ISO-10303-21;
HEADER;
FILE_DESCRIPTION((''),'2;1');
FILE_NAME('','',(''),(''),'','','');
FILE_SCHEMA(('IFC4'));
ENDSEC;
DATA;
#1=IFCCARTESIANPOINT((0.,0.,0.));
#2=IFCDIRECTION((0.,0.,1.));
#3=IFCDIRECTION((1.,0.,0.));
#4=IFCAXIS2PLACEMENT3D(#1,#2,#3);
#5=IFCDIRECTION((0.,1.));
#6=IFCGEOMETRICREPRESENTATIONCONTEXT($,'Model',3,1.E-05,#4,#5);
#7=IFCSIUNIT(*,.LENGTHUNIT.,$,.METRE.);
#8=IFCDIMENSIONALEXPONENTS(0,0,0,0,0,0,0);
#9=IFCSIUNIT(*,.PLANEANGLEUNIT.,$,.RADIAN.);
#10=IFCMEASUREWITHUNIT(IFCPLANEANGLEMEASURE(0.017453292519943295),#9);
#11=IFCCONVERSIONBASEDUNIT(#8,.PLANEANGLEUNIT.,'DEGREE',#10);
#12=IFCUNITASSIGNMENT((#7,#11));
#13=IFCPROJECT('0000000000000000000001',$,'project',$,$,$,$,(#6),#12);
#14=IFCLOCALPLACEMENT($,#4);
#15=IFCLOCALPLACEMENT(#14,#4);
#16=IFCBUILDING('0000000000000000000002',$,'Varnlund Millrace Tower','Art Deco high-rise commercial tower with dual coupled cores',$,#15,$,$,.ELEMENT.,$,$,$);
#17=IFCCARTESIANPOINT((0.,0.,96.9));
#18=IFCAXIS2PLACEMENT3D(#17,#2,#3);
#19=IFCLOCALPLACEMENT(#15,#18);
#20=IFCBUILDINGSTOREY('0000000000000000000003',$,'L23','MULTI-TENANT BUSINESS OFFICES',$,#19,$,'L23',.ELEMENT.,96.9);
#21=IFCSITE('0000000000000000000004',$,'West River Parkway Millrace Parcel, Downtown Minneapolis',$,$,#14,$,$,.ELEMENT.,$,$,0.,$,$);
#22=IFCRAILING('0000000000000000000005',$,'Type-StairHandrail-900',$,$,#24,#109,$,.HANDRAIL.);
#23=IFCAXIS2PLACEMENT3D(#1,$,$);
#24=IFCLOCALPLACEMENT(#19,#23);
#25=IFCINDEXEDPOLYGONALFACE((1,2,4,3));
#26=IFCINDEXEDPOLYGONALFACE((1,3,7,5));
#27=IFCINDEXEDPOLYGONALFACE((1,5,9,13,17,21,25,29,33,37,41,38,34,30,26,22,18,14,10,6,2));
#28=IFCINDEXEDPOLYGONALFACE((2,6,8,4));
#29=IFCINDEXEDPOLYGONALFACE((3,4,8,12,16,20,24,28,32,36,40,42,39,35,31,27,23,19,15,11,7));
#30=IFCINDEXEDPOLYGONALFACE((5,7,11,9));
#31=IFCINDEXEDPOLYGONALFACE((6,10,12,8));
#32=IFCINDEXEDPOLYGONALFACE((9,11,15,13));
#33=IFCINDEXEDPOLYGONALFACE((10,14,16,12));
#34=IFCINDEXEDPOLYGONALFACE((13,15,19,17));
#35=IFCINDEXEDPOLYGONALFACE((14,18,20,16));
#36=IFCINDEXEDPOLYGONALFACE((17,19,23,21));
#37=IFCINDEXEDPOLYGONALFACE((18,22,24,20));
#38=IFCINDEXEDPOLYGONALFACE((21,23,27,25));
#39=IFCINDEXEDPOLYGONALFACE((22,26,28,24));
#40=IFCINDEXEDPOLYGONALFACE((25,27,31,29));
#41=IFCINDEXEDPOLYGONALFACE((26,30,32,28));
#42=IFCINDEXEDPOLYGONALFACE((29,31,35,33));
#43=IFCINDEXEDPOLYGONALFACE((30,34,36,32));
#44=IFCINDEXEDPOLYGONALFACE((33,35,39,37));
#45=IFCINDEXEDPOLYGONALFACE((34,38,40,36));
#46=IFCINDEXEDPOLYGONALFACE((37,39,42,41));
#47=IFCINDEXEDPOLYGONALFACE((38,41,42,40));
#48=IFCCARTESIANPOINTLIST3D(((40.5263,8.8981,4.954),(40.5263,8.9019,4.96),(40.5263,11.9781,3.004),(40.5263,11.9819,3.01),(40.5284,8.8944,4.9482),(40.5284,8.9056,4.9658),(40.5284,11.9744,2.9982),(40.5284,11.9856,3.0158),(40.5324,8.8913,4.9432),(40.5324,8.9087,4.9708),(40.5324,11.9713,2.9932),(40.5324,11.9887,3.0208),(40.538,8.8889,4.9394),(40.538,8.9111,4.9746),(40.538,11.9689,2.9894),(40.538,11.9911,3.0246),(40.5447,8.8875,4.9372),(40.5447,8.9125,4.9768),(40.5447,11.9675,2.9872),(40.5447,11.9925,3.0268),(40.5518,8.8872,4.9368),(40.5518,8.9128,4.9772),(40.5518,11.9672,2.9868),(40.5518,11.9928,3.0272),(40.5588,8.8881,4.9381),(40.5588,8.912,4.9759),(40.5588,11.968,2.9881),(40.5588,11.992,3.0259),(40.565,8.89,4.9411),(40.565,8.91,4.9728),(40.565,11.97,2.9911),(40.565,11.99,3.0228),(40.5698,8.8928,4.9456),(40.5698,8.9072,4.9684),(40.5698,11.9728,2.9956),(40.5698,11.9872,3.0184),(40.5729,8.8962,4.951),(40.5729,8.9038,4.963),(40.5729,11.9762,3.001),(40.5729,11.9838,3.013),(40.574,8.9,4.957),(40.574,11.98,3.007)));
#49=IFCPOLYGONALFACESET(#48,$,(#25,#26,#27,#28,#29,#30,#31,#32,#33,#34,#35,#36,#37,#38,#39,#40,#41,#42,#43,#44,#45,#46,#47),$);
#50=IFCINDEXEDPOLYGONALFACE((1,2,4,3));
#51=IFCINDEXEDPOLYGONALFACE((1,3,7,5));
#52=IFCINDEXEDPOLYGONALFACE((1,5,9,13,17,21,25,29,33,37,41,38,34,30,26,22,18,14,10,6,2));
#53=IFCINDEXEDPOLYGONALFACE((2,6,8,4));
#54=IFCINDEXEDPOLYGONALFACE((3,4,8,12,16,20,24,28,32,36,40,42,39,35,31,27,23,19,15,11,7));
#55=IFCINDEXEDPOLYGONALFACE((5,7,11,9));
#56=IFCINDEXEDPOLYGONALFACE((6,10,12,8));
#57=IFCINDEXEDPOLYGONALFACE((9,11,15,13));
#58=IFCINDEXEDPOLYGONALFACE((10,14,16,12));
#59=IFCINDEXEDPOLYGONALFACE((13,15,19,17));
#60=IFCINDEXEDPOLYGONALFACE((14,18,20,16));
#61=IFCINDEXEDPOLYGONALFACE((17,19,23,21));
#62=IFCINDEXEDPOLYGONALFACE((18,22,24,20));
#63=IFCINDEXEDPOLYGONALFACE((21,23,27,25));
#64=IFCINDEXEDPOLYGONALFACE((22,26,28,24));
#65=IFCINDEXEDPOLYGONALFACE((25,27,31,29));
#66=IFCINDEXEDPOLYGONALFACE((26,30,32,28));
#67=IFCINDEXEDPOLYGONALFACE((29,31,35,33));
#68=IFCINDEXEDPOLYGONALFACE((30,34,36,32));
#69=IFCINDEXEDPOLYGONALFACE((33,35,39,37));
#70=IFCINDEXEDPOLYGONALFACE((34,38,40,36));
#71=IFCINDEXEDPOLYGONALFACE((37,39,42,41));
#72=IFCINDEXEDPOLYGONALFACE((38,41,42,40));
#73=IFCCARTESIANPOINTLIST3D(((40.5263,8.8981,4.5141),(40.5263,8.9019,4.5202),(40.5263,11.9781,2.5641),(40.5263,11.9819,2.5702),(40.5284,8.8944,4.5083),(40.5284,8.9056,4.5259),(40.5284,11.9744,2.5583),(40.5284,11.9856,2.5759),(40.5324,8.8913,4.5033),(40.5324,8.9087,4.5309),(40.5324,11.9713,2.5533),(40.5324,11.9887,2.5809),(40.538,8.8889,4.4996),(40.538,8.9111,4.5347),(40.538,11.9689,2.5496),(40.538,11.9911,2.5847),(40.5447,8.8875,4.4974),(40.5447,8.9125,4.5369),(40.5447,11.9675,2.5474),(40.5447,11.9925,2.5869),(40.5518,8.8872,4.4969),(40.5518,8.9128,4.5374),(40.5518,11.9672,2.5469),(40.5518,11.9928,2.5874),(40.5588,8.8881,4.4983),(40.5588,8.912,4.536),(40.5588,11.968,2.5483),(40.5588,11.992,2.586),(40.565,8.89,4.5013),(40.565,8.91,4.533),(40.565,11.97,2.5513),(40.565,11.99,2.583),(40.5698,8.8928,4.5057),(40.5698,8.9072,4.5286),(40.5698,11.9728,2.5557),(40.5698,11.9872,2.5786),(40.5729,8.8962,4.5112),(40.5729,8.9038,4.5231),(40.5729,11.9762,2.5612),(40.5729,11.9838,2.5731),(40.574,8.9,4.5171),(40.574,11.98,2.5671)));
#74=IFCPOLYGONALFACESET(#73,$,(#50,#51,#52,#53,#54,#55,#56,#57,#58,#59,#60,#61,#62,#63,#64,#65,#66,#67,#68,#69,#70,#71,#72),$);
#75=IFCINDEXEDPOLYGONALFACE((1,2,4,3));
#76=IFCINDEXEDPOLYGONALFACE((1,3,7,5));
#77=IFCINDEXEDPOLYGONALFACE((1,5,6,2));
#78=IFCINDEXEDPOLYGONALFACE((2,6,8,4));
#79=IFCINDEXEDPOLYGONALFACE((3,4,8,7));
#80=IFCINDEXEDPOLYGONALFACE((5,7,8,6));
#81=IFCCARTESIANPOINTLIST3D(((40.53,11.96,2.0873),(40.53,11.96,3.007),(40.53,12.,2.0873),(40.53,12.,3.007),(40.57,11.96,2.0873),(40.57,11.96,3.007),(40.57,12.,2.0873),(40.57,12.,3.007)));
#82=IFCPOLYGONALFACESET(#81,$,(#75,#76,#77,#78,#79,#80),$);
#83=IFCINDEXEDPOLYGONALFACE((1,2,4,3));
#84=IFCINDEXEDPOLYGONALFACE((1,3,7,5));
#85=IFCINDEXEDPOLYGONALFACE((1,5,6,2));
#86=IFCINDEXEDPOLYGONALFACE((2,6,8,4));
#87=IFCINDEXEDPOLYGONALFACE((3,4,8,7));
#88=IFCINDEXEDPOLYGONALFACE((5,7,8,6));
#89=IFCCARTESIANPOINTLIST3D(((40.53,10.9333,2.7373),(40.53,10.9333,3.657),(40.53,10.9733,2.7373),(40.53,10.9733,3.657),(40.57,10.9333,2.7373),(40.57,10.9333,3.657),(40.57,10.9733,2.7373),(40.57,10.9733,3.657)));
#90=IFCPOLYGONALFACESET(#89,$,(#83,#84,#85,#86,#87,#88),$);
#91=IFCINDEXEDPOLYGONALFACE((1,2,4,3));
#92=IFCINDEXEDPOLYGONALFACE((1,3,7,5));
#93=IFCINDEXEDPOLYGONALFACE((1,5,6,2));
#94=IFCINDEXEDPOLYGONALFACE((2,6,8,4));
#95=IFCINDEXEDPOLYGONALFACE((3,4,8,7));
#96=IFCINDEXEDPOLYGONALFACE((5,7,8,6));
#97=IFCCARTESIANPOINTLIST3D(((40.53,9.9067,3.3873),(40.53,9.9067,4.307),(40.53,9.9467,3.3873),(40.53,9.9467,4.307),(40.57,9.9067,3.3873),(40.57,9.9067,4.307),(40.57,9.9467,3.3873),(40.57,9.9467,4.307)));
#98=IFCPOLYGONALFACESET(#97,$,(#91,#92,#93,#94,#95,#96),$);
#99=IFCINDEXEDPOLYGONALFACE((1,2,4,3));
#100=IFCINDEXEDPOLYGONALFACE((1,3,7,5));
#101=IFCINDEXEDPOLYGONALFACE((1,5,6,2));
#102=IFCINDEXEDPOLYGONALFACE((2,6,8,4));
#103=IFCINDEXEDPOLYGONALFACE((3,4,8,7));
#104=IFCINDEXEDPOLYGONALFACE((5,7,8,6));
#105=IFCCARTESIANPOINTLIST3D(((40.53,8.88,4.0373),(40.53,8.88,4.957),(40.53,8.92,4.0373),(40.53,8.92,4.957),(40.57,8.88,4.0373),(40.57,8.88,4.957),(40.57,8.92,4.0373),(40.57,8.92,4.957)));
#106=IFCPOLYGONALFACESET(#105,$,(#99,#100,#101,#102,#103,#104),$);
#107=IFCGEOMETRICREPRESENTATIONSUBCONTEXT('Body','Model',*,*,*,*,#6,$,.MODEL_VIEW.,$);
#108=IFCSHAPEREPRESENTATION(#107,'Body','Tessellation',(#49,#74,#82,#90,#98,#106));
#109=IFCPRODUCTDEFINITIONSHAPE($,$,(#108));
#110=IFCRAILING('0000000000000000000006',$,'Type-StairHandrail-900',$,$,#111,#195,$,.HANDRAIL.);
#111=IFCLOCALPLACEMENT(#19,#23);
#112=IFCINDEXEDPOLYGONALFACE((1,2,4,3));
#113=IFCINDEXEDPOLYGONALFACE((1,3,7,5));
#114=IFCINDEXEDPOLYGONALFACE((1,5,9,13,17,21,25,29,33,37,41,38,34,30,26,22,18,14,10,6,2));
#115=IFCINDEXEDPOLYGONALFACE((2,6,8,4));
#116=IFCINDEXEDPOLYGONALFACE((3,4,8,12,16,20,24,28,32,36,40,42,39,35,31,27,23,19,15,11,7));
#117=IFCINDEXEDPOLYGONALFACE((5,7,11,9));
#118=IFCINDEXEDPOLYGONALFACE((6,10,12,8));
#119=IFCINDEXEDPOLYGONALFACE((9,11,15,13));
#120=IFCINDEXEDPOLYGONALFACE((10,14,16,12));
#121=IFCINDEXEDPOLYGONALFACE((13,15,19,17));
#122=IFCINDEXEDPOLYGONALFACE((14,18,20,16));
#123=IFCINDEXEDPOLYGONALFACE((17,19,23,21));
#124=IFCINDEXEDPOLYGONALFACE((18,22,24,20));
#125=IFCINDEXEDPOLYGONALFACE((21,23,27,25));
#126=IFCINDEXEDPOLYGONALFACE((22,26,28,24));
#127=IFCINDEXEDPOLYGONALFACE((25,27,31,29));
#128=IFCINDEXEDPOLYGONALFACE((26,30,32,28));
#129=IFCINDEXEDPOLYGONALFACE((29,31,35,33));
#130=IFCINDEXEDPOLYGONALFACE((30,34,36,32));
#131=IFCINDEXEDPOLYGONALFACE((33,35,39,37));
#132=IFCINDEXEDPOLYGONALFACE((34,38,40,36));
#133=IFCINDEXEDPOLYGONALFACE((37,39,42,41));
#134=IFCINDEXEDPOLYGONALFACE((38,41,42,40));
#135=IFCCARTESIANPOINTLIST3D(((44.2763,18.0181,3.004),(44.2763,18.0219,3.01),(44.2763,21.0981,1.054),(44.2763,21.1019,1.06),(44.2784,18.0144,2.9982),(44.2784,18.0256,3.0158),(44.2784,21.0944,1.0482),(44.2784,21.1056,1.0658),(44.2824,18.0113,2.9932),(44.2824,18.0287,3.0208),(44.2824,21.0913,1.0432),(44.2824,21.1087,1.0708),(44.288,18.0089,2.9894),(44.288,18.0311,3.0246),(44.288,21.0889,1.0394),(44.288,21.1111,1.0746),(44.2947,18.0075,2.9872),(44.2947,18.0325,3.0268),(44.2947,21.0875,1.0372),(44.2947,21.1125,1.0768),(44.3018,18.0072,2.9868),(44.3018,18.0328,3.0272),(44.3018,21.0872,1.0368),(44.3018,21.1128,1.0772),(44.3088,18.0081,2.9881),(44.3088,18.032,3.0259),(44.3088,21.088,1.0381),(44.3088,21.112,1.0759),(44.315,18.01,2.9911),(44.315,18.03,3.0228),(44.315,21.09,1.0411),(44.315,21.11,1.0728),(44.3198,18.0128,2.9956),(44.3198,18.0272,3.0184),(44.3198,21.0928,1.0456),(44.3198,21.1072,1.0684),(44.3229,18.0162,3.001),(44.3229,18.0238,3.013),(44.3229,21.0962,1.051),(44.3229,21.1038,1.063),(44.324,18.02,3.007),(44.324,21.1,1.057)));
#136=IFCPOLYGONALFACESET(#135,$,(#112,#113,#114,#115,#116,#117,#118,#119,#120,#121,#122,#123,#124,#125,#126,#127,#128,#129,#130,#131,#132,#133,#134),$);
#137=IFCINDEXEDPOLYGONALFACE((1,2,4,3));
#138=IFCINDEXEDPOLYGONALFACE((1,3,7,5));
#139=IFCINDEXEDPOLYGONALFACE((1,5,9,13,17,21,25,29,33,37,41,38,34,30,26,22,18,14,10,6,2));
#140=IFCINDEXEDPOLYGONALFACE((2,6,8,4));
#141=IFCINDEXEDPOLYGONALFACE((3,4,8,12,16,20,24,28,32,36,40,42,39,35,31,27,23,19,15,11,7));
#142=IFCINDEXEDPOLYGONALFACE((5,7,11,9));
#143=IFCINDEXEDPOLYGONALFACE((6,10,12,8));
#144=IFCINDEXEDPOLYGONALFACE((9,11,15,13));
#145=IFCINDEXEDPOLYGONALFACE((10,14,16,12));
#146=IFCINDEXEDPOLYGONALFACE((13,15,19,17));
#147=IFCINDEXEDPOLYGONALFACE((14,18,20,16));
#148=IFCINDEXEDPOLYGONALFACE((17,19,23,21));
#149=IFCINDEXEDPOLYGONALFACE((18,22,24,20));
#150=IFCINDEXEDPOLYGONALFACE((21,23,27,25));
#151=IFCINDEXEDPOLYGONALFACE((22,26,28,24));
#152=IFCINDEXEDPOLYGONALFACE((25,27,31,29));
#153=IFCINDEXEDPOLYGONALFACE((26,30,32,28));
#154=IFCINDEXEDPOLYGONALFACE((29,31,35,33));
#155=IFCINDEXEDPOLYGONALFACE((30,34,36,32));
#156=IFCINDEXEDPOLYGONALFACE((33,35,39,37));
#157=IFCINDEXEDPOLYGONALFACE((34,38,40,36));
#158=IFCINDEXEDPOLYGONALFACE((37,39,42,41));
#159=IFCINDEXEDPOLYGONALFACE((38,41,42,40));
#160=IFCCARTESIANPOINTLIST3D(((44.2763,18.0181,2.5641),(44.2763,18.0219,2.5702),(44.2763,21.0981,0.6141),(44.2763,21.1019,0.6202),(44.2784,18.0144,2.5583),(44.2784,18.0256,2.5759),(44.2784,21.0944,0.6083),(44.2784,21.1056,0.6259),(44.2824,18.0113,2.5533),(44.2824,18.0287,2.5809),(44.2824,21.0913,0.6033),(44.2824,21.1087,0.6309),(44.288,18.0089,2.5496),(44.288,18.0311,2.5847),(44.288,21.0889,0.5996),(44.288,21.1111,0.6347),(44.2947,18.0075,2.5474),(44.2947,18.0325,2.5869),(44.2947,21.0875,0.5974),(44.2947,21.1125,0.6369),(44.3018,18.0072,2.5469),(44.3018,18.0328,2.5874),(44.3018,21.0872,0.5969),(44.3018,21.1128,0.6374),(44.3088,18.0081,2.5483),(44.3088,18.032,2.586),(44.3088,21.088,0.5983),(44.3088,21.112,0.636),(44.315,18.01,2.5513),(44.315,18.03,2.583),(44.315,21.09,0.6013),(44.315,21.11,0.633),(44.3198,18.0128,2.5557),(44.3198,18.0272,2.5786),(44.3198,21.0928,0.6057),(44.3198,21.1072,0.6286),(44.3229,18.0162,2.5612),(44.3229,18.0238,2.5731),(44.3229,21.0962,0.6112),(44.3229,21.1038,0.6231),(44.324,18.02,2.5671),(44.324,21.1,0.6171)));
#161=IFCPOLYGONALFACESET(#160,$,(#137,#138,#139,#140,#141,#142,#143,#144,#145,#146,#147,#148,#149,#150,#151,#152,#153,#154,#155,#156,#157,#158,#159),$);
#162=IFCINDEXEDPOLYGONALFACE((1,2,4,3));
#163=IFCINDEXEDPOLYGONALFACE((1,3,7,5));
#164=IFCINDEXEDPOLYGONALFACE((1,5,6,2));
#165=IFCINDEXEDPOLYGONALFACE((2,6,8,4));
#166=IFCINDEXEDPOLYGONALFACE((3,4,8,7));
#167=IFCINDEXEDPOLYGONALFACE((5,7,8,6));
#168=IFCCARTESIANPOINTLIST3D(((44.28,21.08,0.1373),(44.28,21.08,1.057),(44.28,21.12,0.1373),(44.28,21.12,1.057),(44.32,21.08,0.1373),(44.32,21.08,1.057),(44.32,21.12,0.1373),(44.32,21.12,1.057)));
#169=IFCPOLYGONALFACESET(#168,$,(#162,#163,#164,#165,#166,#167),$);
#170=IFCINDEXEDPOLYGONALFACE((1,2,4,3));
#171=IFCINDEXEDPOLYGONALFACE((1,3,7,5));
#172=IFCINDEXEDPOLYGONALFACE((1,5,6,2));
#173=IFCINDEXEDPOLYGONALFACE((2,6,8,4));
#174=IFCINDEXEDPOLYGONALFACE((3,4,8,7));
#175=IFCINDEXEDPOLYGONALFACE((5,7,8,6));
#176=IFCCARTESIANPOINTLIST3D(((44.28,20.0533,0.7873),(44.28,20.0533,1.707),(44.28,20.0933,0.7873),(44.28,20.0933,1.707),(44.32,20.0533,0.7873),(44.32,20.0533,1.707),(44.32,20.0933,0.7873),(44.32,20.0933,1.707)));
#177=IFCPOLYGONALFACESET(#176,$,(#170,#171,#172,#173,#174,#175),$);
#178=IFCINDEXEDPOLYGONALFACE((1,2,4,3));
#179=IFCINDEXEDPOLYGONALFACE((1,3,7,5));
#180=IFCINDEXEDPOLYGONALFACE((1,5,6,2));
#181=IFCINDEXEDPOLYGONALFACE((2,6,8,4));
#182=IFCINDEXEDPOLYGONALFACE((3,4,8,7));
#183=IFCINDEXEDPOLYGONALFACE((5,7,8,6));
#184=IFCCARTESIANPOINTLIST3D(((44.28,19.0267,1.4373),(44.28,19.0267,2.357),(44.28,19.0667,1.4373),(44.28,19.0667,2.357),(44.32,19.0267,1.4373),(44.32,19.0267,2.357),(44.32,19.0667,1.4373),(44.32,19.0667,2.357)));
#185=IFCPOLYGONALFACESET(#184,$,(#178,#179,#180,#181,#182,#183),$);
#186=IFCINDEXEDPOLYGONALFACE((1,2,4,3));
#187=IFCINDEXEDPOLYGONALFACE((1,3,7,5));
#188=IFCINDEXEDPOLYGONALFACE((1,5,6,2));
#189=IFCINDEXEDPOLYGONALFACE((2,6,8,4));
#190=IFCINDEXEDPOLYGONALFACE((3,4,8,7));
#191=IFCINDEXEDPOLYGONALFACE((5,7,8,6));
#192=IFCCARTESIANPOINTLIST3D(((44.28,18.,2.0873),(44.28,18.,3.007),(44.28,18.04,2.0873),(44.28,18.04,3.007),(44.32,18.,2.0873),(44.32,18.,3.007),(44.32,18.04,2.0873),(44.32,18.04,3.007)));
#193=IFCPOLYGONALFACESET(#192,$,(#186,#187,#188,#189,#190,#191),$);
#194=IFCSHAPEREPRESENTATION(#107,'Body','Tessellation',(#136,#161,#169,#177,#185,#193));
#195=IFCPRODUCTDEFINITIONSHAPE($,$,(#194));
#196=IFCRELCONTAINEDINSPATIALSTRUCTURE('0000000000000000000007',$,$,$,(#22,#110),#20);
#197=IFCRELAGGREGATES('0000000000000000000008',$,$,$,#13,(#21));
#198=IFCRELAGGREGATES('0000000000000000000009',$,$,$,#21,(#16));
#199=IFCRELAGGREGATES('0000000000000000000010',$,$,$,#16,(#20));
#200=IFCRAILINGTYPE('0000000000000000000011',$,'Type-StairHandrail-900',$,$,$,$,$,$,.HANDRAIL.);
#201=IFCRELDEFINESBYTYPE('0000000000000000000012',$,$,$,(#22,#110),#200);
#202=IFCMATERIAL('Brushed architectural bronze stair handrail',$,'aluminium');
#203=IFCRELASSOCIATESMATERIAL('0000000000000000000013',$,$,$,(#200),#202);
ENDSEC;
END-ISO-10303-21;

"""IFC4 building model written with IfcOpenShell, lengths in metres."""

from ifc_helpers import new_model, entity, si_unit, converted_unit, direction, frame, origin_with_axes, origin_2d_with_axis, place, context, subcontext, project, spatial, rectangle, circle, extrude, material, type_object, element, save


model = new_model("IFC4")

# Units and contexts
model_context = context("Model", 3, precision=1e-05, world=origin_with_axes(), true_north=direction((0.0, 1.0)))
body_context = subcontext(model_context, "Body", "Model", "MODEL_VIEW")
ifc_project = project(units=[si_unit("LENGTHUNIT", "METRE"), converted_unit("PLANEANGLEUNIT", "DEGREE", entity("IfcPlaneAngleMeasure", 0.017453292519943295), si_unit("PLANEANGLEUNIT", "RADIAN"), dimensions=[0, 0, 0, 0, 0, 0, 0])], contexts=[model_context])

# Site, building, storey
site_placement = place(None, origin_with_axes())
site = spatial("IfcSite", under=ifc_project, at=site_placement, Name="West River Parkway Millrace Parcel, Downtown Minneapolis", CompositionType="ELEMENT", RefElevation=0.0)
building_placement = place(site_placement, origin_with_axes())
building = spatial("IfcBuilding", under=site, at=building_placement, Name="Varnlund Millrace Tower", Description="Art Deco high-rise commercial tower with dual coupled cores", CompositionType="ELEMENT")
storey_placement = place(building_placement, frame((0.0, 0.0, 96.9), z_axis=(0.0, 0.0, 1.0), x_axis=(1.0, 0.0, 0.0)))
storey = spatial("IfcBuildingStorey", under=building, at=storey_placement, Name="L23", Description="MULTI-TENANT BUSINESS OFFICES", LongName="L23", CompositionType="ELEMENT", Elevation=96.9)

# Railings
ifc_material_1 = material(Name="Brushed architectural bronze stair handrail", Category="aluminium")
railing_type_1 = type_object("IfcRailingType", Name="Type-StairHandrail-900", PredefinedType="HANDRAIL", material=ifc_material_1)
railing_1_placement = place(storey_placement, frame((0.0, 0.0, -96.9), z_axis=(0.0, 0.0, 1.0), x_axis=(1.0, 0.0, 0.0)))
element("IfcRailing", 1, at=railing_1_placement, inside=storey, type_object=railing_type_1, Name="Type-StairHandrail-900", PredefinedType="HANDRAIL", context=body_context, shape_type="SweptSolid", body=[
    extrude(circle(Radius=0.024, at=origin_2d_with_axis()), frame((40.55, 11.98, 99.907), z_axis=(0.0, -0.844902, 0.534922), x_axis=(1.0, 0.0, 0.0)), (0.0, 0.0, 1.0), 3.6454),
    extrude(circle(Radius=0.024, at=origin_2d_with_axis()), frame((40.55, 11.98, 99.4671), z_axis=(0.0, -0.844902, 0.534922), x_axis=(1.0, 0.0, 0.0)), (0.0, 0.0, 1.0), 3.6454),
    extrude(rectangle(XDim=0.04, YDim=0.04, at=origin_2d_with_axis()), frame((40.55, 11.98, 98.9873), z_axis=(0.0, 0.0, 1.0), x_axis=(1.0, 0.0, 0.0)), (0.0, 0.0, 1.0), 0.9197),
    extrude(rectangle(XDim=0.04, YDim=0.04, at=origin_2d_with_axis()), frame((40.55, 10.9533, 99.6373), z_axis=(0.0, 0.0, 1.0), x_axis=(1.0, 0.0, 0.0)), (0.0, 0.0, 1.0), 0.9197),
    extrude(rectangle(XDim=0.04, YDim=0.04, at=origin_2d_with_axis()), frame((40.55, 9.9267, 100.2873), z_axis=(0.0, 0.0, 1.0), x_axis=(1.0, 0.0, 0.0)), (0.0, 0.0, 1.0), 0.9197),
    extrude(rectangle(XDim=0.04, YDim=0.04, at=origin_2d_with_axis()), frame((40.55, 8.9, 100.9373), z_axis=(0.0, 0.0, 1.0), x_axis=(1.0, 0.0, 0.0)), (0.0, 0.0, 1.0), 0.9197),
])
railing_2_placement = place(storey_placement, frame((0.0, 0.0, -96.9), z_axis=(0.0, 0.0, 1.0), x_axis=(1.0, 0.0, 0.0)))
element("IfcRailing", 2, at=railing_2_placement, inside=storey, type_object=railing_type_1, Name="Type-StairHandrail-900", PredefinedType="HANDRAIL", context=body_context, shape_type="SweptSolid", body=[
    extrude(circle(Radius=0.024, at=origin_2d_with_axis()), frame((44.3, 21.1, 97.957), z_axis=(0.0, -0.844902, 0.534922), x_axis=(1.0, 0.0, 0.0)), (0.0, 0.0, 1.0), 3.6454),
    extrude(circle(Radius=0.024, at=origin_2d_with_axis()), frame((44.3, 21.1, 97.5171), z_axis=(0.0, -0.844902, 0.534922), x_axis=(1.0, 0.0, 0.0)), (0.0, 0.0, 1.0), 3.6454),
    extrude(rectangle(XDim=0.04, YDim=0.04, at=origin_2d_with_axis()), frame((44.3, 21.1, 97.0373), z_axis=(0.0, 0.0, 1.0), x_axis=(1.0, 0.0, 0.0)), (0.0, 0.0, 1.0), 0.9197),
    extrude(rectangle(XDim=0.04, YDim=0.04, at=origin_2d_with_axis()), frame((44.3, 20.0733, 97.6873), z_axis=(0.0, 0.0, 1.0), x_axis=(1.0, 0.0, 0.0)), (0.0, 0.0, 1.0), 0.9197),
    extrude(rectangle(XDim=0.04, YDim=0.04, at=origin_2d_with_axis()), frame((44.3, 19.0467, 98.3373), z_axis=(0.0, 0.0, 1.0), x_axis=(1.0, 0.0, 0.0)), (0.0, 0.0, 1.0), 0.9197),
    extrude(rectangle(XDim=0.04, YDim=0.04, at=origin_2d_with_axis()), frame((44.3, 18.02, 98.9873), z_axis=(0.0, 0.0, 1.0), x_axis=(1.0, 0.0, 0.0)), (0.0, 0.0, 1.0), 0.9197),
])

save(model, "model.ifc")
